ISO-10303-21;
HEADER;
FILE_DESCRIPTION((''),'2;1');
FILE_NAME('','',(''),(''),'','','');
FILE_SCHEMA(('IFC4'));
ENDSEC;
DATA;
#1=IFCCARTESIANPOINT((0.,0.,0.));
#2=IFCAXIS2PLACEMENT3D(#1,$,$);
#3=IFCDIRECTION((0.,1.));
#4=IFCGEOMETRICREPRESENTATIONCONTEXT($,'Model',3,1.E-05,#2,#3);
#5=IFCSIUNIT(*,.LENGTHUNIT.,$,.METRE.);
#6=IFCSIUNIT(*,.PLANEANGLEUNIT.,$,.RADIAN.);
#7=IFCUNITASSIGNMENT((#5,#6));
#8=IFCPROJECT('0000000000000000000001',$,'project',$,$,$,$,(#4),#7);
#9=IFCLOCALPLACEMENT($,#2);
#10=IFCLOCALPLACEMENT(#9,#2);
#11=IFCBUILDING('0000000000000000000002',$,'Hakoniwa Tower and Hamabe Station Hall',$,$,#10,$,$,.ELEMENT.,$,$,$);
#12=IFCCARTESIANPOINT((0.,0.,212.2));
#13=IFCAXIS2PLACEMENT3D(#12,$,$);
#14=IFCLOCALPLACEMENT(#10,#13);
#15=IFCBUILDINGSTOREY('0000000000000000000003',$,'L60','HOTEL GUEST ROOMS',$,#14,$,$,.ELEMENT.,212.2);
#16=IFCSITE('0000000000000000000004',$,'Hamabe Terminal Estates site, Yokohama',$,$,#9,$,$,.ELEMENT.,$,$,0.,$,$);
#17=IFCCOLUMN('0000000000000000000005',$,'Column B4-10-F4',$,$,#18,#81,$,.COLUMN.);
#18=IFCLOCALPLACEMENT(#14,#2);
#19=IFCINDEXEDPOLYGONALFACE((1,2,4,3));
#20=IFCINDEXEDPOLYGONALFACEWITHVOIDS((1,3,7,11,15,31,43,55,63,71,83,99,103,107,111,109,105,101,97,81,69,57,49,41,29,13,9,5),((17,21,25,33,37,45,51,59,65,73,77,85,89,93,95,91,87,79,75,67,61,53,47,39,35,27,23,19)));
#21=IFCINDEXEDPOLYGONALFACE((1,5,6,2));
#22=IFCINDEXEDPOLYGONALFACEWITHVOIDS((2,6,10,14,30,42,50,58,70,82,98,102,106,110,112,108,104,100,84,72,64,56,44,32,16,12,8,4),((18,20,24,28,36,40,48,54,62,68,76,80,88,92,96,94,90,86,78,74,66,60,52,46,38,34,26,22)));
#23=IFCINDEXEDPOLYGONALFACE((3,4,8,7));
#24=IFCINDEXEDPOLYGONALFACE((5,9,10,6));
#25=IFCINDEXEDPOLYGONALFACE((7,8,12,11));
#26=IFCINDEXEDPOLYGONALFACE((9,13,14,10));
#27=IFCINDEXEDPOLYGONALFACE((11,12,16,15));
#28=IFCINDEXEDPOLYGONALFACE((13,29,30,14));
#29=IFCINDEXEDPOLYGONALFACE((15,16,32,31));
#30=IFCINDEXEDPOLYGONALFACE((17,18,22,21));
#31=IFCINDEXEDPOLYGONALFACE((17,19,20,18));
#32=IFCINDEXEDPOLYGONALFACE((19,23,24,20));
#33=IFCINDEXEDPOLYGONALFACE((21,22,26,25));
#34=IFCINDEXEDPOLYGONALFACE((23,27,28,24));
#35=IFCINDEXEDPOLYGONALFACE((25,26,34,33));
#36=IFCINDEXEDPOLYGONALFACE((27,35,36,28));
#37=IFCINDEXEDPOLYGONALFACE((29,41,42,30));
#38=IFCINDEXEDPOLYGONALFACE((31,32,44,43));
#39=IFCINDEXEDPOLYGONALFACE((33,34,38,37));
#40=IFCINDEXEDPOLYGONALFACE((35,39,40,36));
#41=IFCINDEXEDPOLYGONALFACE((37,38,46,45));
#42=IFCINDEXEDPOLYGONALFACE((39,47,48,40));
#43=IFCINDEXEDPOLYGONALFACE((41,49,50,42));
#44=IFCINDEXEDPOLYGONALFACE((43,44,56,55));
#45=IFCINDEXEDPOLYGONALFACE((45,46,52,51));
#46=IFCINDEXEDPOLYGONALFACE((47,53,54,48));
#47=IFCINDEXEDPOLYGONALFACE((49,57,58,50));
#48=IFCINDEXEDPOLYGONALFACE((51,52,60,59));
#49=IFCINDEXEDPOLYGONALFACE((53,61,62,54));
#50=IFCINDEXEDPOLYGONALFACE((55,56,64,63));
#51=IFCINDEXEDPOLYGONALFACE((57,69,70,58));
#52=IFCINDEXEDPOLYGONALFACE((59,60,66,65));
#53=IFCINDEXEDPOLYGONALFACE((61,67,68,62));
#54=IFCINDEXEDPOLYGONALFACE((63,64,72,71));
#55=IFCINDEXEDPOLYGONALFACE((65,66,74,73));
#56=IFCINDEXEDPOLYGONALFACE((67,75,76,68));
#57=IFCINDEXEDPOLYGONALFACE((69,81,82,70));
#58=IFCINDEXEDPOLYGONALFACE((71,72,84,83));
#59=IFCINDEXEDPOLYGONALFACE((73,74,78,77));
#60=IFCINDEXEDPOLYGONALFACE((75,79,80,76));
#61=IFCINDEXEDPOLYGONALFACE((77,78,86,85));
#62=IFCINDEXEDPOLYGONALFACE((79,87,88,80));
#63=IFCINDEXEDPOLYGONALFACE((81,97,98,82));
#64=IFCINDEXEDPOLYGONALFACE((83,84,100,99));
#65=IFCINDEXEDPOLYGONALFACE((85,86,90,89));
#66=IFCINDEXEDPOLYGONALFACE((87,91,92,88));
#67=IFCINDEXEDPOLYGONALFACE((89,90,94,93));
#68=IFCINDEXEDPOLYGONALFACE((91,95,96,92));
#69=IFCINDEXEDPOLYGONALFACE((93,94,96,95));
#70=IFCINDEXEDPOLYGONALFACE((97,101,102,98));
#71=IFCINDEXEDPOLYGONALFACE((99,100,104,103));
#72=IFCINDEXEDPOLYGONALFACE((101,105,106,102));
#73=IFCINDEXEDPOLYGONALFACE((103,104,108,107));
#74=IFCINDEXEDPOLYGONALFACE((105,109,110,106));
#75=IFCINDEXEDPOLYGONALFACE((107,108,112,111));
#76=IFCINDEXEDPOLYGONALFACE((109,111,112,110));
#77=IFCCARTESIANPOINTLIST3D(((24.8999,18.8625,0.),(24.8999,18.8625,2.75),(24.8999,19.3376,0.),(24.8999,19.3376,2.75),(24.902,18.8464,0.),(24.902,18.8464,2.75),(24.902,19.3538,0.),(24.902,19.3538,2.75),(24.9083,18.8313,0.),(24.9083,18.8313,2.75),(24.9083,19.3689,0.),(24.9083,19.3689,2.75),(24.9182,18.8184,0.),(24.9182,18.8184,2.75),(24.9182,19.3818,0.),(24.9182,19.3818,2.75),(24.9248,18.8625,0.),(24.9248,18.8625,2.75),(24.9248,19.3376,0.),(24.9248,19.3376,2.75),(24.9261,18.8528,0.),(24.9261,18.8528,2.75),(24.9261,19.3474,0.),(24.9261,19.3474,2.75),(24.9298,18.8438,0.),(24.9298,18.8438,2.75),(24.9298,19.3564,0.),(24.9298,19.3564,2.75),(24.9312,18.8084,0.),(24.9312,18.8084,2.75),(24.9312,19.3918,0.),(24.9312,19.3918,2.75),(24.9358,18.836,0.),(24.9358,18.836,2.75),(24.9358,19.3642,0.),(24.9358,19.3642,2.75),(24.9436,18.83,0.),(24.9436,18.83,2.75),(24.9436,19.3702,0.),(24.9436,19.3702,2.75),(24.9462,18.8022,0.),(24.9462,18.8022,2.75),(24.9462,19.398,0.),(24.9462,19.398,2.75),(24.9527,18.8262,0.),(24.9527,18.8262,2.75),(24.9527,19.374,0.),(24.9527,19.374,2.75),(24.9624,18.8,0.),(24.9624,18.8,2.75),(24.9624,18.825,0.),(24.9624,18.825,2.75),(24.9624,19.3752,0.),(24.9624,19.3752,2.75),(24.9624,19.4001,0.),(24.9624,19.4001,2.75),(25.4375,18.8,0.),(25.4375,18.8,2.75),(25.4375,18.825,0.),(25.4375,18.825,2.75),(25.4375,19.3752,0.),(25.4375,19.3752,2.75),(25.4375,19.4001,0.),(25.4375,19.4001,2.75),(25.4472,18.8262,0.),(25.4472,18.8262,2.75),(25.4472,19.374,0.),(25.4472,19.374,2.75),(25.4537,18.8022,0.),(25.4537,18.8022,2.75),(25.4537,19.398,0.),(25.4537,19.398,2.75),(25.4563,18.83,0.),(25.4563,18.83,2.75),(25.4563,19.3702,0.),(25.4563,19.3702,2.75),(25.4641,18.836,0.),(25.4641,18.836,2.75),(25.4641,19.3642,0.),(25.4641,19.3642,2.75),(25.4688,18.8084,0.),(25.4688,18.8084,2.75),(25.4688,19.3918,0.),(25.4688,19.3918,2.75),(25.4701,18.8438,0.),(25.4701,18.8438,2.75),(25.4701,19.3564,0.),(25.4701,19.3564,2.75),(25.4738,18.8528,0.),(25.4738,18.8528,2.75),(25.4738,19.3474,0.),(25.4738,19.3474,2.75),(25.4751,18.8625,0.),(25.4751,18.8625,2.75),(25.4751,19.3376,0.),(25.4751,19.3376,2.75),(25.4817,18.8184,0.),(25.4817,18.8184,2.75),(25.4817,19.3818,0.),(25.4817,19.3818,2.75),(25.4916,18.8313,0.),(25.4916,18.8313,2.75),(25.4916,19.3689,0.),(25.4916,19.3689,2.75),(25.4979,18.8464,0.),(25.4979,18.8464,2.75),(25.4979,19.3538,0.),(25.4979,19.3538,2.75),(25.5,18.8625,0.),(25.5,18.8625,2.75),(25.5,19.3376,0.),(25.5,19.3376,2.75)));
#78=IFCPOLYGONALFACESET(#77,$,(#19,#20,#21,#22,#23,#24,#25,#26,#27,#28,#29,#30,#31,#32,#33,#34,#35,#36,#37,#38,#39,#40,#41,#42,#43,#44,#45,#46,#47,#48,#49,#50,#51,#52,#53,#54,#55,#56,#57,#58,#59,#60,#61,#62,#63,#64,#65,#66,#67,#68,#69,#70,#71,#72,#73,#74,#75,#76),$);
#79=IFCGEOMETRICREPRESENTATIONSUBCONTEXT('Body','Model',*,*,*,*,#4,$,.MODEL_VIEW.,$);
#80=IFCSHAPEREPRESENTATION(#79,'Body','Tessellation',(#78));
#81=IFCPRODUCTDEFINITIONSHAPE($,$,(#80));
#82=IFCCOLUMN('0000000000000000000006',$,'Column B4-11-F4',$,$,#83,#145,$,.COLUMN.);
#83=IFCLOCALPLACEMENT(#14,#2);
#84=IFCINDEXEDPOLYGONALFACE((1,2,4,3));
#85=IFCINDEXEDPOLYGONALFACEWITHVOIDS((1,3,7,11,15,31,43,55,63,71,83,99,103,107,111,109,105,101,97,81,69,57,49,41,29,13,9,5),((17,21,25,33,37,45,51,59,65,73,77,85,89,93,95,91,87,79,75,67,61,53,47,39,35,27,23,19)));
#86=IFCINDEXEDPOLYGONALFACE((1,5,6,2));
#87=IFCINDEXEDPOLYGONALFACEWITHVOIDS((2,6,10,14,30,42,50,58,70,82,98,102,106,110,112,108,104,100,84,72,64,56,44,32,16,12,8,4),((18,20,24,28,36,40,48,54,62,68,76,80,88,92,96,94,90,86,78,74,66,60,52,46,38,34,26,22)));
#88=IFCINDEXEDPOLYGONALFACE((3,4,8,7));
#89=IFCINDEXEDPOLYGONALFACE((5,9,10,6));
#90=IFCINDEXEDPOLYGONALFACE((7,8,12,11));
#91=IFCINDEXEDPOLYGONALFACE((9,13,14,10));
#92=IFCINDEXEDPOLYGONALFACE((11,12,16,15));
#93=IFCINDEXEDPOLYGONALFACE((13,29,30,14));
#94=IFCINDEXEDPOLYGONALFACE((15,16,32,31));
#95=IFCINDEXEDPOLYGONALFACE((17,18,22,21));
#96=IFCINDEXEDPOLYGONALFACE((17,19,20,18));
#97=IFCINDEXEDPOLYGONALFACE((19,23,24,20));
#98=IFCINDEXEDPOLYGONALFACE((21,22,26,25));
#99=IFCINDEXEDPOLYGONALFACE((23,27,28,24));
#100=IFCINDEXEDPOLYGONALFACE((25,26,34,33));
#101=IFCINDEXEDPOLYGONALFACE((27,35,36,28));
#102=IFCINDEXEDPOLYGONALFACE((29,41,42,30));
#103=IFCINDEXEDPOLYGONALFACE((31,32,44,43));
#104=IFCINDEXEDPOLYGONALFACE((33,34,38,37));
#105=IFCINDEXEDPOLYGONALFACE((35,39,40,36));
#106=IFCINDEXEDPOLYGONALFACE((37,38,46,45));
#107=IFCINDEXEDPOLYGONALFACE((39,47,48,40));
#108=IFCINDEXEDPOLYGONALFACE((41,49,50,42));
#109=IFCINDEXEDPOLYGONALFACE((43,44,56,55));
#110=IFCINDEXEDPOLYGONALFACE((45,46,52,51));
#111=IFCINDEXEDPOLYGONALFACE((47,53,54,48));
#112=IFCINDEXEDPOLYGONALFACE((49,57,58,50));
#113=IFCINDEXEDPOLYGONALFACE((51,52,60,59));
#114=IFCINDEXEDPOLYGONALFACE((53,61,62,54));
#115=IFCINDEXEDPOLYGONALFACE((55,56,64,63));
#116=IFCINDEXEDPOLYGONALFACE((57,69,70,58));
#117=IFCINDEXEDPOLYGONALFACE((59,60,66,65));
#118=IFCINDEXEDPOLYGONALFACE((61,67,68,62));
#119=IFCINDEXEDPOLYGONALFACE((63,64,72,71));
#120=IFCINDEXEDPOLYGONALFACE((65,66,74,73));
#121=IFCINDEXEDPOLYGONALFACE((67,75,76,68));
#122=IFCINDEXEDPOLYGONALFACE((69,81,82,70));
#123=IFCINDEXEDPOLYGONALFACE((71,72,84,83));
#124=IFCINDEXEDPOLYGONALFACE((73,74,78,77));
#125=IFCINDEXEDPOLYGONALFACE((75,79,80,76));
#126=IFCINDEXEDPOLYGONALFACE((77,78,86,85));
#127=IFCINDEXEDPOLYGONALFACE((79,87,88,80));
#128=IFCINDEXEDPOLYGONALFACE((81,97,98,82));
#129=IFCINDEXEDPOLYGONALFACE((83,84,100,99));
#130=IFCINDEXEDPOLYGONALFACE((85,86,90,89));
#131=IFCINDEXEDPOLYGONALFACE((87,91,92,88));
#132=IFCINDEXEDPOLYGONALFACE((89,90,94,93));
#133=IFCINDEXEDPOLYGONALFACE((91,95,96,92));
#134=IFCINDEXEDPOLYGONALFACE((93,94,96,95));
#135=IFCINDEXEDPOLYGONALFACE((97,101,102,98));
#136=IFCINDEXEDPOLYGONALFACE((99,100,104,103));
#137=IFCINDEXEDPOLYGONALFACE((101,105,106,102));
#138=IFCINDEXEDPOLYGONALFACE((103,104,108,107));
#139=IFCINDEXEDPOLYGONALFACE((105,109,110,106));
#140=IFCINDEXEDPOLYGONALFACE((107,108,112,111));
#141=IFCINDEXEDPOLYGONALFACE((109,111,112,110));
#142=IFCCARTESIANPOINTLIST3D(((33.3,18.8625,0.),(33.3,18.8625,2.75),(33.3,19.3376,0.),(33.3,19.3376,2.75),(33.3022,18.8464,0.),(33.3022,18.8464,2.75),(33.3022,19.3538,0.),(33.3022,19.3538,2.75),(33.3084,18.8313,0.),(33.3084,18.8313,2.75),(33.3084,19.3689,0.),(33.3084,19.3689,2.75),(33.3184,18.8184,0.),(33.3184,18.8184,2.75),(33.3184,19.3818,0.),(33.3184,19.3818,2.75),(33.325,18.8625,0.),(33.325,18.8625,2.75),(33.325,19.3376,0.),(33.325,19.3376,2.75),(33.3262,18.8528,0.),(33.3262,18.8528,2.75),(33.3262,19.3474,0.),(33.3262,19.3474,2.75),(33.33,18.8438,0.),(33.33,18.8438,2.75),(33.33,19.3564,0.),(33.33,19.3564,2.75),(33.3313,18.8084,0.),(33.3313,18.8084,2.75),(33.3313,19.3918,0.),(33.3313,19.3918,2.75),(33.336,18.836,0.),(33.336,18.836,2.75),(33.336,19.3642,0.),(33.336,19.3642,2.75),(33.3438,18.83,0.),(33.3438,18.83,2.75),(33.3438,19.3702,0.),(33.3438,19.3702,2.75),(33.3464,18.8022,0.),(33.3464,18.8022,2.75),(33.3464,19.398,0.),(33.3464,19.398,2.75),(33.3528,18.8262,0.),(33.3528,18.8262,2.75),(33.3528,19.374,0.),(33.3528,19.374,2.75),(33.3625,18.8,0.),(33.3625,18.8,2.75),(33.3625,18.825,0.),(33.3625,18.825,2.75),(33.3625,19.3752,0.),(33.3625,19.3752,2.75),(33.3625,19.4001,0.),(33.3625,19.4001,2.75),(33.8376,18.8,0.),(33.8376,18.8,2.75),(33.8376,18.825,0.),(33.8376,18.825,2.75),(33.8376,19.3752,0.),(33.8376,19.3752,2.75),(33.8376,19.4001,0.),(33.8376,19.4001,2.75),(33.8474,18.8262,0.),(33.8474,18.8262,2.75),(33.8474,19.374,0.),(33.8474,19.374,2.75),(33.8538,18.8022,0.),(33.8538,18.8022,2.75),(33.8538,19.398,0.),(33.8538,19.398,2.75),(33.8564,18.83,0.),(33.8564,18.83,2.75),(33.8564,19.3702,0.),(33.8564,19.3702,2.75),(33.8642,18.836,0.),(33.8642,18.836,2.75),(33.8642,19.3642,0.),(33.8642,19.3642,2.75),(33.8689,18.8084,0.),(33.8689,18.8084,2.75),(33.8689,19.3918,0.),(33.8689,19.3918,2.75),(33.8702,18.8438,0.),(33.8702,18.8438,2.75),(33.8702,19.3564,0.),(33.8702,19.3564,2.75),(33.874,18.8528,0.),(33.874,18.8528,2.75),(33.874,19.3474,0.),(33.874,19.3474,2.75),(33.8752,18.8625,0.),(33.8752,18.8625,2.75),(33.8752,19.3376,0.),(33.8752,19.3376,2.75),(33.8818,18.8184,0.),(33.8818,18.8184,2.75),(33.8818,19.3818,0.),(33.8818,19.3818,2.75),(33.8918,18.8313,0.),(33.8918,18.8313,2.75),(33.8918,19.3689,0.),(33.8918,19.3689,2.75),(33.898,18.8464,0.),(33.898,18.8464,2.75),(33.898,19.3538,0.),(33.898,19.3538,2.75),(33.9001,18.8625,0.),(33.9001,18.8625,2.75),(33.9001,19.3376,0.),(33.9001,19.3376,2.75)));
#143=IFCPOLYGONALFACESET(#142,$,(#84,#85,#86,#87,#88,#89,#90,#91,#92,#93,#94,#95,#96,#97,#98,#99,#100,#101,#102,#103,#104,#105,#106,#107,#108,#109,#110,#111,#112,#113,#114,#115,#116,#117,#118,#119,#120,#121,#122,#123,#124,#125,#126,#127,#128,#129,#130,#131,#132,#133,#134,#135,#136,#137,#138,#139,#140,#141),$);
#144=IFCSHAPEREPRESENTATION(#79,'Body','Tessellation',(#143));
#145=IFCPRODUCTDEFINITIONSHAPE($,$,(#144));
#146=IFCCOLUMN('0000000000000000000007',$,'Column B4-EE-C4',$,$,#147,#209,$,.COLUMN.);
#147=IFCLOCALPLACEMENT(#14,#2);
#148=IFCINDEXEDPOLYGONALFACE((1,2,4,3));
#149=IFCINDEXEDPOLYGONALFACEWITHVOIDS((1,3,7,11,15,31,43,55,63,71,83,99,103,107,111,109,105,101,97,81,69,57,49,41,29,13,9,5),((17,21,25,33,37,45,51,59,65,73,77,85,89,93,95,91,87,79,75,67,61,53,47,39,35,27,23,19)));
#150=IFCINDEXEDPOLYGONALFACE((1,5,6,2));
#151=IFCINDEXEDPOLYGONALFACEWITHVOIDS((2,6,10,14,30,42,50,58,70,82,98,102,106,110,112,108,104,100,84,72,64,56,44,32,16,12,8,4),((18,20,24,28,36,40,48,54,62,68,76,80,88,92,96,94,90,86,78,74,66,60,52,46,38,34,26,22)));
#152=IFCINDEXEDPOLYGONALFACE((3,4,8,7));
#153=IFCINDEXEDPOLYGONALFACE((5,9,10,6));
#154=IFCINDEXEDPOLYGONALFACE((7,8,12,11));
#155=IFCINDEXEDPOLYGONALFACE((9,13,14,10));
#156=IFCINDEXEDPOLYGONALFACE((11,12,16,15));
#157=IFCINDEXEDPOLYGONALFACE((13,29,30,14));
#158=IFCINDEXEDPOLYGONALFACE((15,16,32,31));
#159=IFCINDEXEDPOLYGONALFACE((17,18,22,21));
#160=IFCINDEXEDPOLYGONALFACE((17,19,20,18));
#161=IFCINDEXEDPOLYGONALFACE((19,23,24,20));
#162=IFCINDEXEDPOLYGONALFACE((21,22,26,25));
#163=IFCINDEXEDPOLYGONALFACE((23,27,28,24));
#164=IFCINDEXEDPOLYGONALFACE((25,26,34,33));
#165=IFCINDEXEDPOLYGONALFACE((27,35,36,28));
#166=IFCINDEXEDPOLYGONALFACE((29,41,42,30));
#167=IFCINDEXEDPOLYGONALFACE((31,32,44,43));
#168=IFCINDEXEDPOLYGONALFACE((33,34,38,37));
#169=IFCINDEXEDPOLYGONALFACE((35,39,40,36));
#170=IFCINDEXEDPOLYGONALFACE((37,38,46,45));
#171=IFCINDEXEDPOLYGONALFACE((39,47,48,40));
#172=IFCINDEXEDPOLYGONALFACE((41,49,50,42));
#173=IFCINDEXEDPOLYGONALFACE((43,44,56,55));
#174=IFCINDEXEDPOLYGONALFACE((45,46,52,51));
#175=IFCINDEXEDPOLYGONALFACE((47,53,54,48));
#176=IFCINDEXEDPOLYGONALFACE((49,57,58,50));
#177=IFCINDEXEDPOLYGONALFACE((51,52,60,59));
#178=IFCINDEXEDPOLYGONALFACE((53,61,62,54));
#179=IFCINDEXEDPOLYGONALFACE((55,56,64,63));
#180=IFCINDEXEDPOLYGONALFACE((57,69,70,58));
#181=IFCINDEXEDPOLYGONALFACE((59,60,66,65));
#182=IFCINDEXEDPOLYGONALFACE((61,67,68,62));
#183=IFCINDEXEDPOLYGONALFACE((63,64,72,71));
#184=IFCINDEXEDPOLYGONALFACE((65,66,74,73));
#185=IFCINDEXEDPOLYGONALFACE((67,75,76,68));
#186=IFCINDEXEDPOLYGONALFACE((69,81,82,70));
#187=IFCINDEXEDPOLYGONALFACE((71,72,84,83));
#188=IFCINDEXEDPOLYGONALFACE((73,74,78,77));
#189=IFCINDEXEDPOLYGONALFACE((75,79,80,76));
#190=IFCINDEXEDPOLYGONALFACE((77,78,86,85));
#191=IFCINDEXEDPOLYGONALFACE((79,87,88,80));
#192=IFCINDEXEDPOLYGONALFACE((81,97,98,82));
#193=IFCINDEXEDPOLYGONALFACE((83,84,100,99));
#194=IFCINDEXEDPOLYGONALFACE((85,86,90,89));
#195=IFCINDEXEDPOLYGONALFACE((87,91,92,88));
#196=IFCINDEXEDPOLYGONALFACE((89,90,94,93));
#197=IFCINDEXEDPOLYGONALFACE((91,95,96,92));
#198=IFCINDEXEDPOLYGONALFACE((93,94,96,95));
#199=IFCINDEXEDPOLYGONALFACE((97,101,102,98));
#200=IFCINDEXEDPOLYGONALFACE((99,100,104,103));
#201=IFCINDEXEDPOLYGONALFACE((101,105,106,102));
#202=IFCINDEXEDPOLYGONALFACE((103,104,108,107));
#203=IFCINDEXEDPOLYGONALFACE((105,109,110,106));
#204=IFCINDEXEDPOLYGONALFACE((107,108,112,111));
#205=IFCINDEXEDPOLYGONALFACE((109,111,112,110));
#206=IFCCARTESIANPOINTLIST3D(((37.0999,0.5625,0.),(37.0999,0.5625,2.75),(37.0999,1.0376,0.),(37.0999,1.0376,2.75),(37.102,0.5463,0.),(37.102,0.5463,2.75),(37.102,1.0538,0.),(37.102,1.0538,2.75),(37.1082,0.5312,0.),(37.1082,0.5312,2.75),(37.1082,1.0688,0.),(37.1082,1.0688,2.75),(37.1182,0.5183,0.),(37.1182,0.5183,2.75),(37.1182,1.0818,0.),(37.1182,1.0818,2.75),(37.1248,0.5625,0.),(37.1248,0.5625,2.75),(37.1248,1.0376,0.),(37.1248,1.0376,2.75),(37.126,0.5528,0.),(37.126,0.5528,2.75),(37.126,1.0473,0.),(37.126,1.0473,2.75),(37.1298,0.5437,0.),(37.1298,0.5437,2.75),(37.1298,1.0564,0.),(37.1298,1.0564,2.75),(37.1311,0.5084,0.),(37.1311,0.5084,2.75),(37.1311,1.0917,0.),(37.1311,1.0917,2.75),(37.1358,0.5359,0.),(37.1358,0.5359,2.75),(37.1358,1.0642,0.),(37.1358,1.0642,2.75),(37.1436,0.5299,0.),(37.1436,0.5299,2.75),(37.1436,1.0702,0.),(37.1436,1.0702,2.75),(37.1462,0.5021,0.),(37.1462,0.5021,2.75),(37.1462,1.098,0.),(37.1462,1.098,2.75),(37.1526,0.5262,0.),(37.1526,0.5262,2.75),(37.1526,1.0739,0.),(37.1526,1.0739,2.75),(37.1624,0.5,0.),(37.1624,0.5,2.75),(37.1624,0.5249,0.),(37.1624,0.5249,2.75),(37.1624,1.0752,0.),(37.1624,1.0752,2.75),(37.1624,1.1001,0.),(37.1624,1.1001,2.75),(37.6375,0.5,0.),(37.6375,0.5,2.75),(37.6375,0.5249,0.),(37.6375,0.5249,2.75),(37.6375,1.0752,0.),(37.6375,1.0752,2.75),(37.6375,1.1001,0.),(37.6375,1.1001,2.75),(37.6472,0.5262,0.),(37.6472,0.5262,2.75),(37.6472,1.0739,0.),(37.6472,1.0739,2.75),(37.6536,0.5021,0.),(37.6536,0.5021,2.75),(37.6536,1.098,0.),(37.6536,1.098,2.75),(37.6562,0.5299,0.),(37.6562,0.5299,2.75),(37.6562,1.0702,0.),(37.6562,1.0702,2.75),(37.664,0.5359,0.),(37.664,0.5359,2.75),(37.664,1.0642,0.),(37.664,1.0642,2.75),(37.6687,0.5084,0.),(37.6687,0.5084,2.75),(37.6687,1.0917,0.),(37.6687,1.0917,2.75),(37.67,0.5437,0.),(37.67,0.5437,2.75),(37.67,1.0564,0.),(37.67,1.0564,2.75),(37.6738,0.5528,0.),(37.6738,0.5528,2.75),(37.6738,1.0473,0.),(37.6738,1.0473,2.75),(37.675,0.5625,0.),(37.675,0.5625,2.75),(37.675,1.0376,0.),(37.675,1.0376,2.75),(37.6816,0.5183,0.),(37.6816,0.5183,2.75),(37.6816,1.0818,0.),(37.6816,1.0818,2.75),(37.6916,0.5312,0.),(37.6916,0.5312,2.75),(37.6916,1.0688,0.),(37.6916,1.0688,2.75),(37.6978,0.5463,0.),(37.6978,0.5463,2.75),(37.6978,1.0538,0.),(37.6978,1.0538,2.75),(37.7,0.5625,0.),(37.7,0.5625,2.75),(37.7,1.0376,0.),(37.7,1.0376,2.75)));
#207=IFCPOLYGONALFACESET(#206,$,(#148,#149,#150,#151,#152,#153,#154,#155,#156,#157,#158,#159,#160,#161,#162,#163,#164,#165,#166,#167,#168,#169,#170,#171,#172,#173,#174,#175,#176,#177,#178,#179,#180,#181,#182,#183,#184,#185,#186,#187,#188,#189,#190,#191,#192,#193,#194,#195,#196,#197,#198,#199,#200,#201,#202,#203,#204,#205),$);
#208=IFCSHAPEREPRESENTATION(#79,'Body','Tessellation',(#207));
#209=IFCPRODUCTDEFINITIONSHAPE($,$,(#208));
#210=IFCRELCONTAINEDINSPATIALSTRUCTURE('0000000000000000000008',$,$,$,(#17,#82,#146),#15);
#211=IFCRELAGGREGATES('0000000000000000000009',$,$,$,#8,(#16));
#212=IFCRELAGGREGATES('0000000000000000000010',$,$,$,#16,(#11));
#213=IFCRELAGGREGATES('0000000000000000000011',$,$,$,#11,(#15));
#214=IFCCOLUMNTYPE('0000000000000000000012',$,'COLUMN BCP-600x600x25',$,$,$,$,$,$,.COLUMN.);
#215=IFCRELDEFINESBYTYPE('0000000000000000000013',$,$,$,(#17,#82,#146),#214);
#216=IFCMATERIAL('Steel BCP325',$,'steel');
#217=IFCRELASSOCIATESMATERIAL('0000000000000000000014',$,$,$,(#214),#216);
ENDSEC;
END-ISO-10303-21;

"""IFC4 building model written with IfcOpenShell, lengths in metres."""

from ifc_helpers import new_model, si_unit, direction, frame, origin, origin_2d, place, context, subcontext, project, spatial, hollow_rectangle, extrude, material, material_profile, profile_set, type_object, element, save


model = new_model("IFC4")

# Units and contexts
model_context = context("Model", 3, precision=1e-05, world=origin(), true_north=direction((0.0, 1.0)))
body_context = subcontext(model_context, "Body", "Model", "MODEL_VIEW")
ifc_project = project(units=[si_unit("LENGTHUNIT", "METRE"), si_unit("PLANEANGLEUNIT", "RADIAN")], contexts=[model_context])

# Site, building, storey
site_placement = place(None, origin())
site = spatial("IfcSite", under=ifc_project, at=site_placement, Name="Hamabe Terminal Estates site, Yokohama", CompositionType="ELEMENT", RefElevation=0.0)
building_placement = place(site_placement, origin())
building = spatial("IfcBuilding", under=site, at=building_placement, Name="Hakoniwa Tower and Hamabe Station Hall", CompositionType="ELEMENT")
storey_placement = place(building_placement, frame((0.0, 0.0, 212.2)))
storey = spatial("IfcBuildingStorey", under=building, at=storey_placement, Name="L60", Description="HOTEL GUEST ROOMS", CompositionType="ELEMENT", Elevation=212.2)

# Columns
ifc_material_1 = material(Name="Steel BCP325", Category="steel")
ifc_material_profile_1 = material_profile(ifc_material_1, hollow_rectangle(XDim=0.6001, YDim=0.6001, WallThickness=0.0249, InnerFilletRadius=0.0376, OuterFilletRadius=0.0625, at=origin_2d()), Name="BCP-600x600x25")
ifc_profile_set_1 = profile_set([ifc_material_profile_1], Name="Steel BCP325")
column_type = type_object("IfcColumnType", Name="COLUMN BCP-600x600x25", PredefinedType="COLUMN", material=ifc_profile_set_1)
for number, where, z_axis, x_axis, name in (
    (1, (25.2, 19.1001, 0.0), (0.0, 0.0, 1.0), (1.0, 0.0, 0.0), "Column B4-10-F4"),
    (2, (33.6001, 19.1001, 0.0), (0.0, 0.0, 1.0), (1.0, 0.0, 0.0), "Column B4-11-F4"),
    (3, (37.3999, 0.8, 0.0), (0.0, 0.0, 1.0), (1.0, 0.0, 0.0), "Column B4-EE-C4"),
):
    element("IfcColumn", number, at=place(storey_placement, frame(where, z_axis=z_axis, x_axis=x_axis)), inside=storey, type_object=column_type, Name=name, PredefinedType="COLUMN", context=body_context, shape_type="SweptSolid", body=[
        extrude(hollow_rectangle(XDim=0.6001, YDim=0.6001, WallThickness=0.0249, InnerFilletRadius=0.0376, OuterFilletRadius=0.0625, at=origin_2d()), origin(), (0.0, 0.0, 1.0), 2.75),
    ])

save(model, "model.ifc")
